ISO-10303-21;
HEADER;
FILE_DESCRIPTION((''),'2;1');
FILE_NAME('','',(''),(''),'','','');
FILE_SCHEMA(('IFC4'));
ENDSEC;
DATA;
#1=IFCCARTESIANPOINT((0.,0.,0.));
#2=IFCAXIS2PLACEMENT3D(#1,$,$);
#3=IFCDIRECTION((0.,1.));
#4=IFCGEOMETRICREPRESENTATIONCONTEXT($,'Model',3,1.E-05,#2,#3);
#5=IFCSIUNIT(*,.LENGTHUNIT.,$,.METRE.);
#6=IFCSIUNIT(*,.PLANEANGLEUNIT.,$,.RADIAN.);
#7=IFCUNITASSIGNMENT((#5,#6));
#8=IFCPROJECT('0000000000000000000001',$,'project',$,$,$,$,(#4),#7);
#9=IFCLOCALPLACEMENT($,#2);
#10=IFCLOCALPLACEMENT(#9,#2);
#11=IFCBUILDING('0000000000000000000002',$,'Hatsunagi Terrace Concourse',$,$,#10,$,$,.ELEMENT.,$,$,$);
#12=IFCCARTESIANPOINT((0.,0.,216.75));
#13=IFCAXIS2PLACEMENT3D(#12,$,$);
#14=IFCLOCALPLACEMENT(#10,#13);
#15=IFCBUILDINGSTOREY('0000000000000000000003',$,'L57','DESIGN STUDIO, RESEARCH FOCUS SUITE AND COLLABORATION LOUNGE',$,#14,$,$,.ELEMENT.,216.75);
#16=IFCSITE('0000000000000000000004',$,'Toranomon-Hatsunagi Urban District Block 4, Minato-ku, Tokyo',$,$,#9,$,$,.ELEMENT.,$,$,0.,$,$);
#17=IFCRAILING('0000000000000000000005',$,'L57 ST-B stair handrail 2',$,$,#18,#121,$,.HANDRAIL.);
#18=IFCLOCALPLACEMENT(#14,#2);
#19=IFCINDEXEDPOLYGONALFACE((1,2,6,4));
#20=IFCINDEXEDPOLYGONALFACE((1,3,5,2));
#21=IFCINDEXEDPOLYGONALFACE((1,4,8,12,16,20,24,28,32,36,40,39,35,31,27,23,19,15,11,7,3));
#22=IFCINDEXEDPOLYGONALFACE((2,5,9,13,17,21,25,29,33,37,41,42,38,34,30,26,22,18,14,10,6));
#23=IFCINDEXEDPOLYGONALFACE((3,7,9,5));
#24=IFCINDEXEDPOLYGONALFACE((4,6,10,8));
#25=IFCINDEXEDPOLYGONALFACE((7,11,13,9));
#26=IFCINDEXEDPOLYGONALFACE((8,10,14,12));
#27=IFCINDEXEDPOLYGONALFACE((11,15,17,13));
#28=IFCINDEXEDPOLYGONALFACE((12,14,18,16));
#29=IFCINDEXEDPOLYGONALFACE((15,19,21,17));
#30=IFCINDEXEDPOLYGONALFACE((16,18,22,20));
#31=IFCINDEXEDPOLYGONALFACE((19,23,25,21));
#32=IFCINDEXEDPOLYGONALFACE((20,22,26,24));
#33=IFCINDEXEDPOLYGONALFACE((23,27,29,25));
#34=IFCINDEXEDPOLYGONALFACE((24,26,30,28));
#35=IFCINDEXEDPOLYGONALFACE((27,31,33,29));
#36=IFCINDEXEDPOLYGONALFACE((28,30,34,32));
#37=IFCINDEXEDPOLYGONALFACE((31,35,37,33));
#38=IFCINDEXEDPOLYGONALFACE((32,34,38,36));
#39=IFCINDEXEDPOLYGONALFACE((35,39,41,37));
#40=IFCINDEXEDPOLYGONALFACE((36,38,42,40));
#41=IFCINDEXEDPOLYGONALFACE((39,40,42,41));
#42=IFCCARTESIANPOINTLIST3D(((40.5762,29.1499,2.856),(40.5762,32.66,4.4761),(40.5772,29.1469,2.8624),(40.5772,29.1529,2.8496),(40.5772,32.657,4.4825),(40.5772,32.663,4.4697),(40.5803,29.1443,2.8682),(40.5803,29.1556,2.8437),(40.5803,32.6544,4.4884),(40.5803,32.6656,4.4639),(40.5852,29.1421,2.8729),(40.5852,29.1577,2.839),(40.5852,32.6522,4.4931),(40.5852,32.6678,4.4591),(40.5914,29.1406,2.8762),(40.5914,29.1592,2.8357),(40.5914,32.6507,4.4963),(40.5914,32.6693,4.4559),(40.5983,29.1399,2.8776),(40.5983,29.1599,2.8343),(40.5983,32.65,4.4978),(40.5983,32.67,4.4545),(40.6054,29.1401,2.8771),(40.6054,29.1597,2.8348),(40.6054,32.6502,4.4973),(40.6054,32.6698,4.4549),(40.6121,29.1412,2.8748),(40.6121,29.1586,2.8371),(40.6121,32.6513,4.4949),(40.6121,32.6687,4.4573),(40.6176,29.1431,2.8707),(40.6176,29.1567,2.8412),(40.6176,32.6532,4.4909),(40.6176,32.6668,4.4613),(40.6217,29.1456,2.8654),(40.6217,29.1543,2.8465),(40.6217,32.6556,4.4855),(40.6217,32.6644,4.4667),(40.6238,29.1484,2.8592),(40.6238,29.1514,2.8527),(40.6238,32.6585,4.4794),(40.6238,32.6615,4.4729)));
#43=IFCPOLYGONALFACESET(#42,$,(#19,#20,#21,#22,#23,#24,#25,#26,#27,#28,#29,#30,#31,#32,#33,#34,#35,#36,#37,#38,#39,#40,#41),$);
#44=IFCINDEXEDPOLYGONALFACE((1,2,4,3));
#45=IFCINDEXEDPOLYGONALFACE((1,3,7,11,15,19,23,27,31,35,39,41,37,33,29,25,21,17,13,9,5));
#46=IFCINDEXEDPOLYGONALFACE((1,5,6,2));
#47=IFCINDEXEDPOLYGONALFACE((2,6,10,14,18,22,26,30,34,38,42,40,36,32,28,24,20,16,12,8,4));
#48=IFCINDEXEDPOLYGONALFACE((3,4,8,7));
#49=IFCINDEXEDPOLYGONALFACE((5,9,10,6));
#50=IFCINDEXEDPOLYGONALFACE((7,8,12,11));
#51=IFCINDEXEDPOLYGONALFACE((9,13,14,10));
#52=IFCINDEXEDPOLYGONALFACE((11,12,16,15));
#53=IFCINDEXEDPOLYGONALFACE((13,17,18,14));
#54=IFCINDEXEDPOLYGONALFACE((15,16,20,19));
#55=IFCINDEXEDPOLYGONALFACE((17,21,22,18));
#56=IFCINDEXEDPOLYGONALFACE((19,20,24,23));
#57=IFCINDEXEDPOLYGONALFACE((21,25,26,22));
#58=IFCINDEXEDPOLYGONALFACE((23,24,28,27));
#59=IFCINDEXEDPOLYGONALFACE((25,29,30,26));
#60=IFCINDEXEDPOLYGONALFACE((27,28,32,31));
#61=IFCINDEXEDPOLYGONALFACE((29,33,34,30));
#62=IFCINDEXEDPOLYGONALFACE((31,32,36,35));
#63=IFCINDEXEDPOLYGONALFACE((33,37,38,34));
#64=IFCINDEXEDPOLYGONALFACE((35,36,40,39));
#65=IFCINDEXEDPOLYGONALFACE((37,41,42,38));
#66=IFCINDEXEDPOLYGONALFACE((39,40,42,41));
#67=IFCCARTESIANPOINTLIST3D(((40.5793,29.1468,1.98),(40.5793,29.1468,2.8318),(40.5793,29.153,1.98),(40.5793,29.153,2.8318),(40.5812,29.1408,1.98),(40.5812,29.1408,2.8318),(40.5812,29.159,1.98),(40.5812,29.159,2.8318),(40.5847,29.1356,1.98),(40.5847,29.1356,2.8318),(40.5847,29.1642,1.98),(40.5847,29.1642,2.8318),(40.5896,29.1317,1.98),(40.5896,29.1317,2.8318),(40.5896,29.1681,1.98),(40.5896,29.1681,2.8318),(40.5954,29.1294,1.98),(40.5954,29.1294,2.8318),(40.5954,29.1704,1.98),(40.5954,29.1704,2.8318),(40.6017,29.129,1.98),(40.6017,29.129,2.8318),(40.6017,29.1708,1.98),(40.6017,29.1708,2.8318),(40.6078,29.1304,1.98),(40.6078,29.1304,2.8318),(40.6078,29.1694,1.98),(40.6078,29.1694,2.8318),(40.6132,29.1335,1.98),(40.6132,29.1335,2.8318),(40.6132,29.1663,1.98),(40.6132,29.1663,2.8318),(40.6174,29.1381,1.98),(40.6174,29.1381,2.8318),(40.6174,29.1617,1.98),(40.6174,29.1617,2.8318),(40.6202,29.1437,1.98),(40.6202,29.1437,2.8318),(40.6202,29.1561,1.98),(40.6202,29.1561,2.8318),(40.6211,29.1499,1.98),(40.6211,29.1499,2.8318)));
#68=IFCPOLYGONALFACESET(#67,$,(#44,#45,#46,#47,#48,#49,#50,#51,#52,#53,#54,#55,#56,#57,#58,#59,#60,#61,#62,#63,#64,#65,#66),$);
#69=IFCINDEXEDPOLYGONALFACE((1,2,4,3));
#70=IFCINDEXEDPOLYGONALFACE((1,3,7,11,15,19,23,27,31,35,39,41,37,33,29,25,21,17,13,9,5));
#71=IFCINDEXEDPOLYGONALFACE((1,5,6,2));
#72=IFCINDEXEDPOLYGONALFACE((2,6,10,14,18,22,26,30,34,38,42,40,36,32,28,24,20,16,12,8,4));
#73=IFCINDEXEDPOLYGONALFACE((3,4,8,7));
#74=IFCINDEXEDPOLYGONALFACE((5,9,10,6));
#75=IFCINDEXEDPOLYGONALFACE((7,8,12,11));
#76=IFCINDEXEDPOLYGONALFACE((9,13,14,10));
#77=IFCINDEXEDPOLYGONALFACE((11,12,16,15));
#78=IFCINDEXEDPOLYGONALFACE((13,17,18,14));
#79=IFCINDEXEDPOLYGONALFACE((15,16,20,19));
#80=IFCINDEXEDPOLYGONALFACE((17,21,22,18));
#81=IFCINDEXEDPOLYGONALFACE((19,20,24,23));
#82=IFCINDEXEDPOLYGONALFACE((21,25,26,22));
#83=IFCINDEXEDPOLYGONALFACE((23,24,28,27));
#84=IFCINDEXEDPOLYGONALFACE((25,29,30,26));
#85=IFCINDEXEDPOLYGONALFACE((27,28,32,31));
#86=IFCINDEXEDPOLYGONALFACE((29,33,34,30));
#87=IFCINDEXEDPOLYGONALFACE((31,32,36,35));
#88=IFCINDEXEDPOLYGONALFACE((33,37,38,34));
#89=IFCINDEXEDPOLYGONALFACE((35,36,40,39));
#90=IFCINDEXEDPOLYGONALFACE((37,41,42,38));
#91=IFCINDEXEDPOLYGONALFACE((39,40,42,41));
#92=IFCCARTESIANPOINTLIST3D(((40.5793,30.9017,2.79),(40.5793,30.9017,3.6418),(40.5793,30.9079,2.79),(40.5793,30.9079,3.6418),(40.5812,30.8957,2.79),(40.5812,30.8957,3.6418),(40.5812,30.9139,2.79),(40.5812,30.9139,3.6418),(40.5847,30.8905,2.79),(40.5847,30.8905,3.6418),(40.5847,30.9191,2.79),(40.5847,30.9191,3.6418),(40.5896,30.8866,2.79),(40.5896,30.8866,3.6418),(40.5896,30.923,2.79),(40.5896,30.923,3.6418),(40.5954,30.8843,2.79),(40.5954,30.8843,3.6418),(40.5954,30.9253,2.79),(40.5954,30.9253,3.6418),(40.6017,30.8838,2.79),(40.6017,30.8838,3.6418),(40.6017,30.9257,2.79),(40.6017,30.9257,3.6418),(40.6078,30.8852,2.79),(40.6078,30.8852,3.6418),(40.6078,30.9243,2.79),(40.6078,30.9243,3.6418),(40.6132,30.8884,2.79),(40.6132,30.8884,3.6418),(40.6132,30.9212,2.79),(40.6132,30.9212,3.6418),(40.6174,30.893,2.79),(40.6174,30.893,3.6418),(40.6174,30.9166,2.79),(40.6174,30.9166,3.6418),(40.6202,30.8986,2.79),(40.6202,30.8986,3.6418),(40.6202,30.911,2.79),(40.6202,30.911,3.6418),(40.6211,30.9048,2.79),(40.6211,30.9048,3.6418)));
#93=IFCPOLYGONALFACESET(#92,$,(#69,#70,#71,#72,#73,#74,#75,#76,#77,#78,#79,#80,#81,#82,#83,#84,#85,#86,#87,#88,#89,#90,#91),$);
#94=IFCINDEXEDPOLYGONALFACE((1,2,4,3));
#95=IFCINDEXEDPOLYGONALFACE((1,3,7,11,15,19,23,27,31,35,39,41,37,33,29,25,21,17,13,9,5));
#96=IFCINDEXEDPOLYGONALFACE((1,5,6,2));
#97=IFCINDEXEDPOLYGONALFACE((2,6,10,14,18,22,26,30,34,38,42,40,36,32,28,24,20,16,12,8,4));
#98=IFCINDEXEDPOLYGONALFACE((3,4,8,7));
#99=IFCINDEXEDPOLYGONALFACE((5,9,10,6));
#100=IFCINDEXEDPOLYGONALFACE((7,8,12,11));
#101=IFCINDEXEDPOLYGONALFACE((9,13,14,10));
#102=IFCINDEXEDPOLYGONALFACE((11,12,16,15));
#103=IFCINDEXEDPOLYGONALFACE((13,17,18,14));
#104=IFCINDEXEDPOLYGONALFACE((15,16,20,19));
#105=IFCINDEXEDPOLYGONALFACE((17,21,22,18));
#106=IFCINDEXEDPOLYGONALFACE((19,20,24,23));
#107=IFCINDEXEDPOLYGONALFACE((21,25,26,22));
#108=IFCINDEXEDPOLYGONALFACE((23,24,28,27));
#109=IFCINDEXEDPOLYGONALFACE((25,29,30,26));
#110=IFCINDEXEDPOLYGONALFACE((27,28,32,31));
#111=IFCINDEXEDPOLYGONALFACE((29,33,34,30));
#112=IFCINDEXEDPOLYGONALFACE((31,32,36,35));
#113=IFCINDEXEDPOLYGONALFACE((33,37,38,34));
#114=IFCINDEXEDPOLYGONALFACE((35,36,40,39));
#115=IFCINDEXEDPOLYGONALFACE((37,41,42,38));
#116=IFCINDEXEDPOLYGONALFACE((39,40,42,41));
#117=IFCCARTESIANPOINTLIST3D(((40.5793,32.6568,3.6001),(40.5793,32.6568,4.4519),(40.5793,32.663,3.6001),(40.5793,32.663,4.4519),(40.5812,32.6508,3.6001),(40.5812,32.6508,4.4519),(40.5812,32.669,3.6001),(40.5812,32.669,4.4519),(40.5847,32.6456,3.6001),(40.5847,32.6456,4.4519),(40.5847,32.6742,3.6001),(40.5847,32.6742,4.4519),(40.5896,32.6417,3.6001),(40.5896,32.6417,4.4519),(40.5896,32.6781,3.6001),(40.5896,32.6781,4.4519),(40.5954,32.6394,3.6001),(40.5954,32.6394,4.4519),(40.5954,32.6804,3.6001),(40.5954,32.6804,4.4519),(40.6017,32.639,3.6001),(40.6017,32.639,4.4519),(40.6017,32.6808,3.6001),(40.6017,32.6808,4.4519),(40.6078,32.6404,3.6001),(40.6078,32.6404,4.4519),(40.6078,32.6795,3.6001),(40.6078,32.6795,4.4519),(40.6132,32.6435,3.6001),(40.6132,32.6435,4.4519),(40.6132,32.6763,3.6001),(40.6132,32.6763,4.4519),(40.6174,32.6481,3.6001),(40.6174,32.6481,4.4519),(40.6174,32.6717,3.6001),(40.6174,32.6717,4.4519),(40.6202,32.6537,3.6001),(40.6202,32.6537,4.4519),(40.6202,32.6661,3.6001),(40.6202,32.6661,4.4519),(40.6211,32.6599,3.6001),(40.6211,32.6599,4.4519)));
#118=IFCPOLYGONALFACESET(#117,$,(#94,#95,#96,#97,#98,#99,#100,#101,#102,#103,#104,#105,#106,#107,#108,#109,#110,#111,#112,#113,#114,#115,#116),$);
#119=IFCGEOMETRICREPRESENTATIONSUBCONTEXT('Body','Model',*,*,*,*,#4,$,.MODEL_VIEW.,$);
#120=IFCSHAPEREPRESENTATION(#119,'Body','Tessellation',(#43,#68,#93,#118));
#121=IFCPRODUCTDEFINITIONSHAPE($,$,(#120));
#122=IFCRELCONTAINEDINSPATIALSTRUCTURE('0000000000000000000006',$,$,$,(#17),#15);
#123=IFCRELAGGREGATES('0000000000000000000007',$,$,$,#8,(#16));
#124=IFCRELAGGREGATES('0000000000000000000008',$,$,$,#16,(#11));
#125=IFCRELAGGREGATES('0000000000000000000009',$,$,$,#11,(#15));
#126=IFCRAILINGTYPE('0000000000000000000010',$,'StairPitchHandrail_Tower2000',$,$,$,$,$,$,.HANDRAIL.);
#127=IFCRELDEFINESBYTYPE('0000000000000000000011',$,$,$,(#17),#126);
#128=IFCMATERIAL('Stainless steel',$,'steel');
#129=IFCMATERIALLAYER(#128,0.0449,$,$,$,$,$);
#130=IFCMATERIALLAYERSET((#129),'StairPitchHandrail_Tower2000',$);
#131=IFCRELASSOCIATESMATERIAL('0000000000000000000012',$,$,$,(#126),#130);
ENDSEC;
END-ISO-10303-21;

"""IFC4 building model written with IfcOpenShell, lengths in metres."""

from ifc_helpers import new_model, si_unit, direction, frame, origin, origin_2d, place, context, subcontext, project, spatial, circle, extrude, material, layer, layer_set, type_object, element, save


model = new_model("IFC4")

# Units and contexts
model_context = context("Model", 3, precision=1e-05, world=origin(), true_north=direction((0.0, 1.0)))
body_context = subcontext(model_context, "Body", "Model", "MODEL_VIEW")
ifc_project = project(units=[si_unit("LENGTHUNIT", "METRE"), si_unit("PLANEANGLEUNIT", "RADIAN")], contexts=[model_context])

# Site, building, storey
site_placement = place(None, origin())
site = spatial("IfcSite", under=ifc_project, at=site_placement, Name="Toranomon-Hatsunagi Urban District Block 4, Minato-ku, Tokyo", CompositionType="ELEMENT", RefElevation=0.0)
building_placement = place(site_placement, origin())
building = spatial("IfcBuilding", under=site, at=building_placement, Name="Hatsunagi Terrace Concourse", CompositionType="ELEMENT")
storey_placement = place(building_placement, frame((0.0, 0.0, 216.75)))
storey = spatial("IfcBuildingStorey", under=building, at=storey_placement, Name="L57", Description="DESIGN STUDIO, RESEARCH FOCUS SUITE AND COLLABORATION LOUNGE", CompositionType="ELEMENT", Elevation=216.75)

# Railing
ifc_material_1 = material(Name="Stainless steel", Category="steel")
ifc_layer_1 = layer(ifc_material_1, 0.0449)
ifc_layer_set_1 = layer_set([ifc_layer_1], Name="StairPitchHandrail_Tower2000")
railing_type_1 = type_object("IfcRailingType", Name="StairPitchHandrail_Tower2000", PredefinedType="HANDRAIL", material=ifc_layer_set_1)
railing_1_placement = place(storey_placement, frame((40.6001, 29.1499, 1.98)))
element("IfcRailing", 1, at=railing_1_placement, inside=storey, type_object=railing_type_1, Name="L57 ST-B stair handrail 2", PredefinedType="HANDRAIL", context=body_context, shape_type="SweptSolid", body=[
    extrude(circle(Radius=0.0239, at=origin_2d()), frame((0.0, 0.0, 0.876), z_axis=(0.0, 0.907948, 0.419082), x_axis=(-1.0, 0.0, 0.0)), (0.0, 0.0, 1.0), 3.866),
    extrude(circle(Radius=0.021, at=origin_2d()), origin(), (0.0, 0.0, 1.0), 0.8518),
    extrude(circle(Radius=0.021, at=origin_2d()), frame((0.0, 1.7549, 0.8101)), (0.0, 0.0, 1.0), 0.8518),
    extrude(circle(Radius=0.021, at=origin_2d()), frame((0.0, 3.51, 1.6201)), (0.0, 0.0, 1.0), 0.8518),
])

save(model, "model.ifc")
